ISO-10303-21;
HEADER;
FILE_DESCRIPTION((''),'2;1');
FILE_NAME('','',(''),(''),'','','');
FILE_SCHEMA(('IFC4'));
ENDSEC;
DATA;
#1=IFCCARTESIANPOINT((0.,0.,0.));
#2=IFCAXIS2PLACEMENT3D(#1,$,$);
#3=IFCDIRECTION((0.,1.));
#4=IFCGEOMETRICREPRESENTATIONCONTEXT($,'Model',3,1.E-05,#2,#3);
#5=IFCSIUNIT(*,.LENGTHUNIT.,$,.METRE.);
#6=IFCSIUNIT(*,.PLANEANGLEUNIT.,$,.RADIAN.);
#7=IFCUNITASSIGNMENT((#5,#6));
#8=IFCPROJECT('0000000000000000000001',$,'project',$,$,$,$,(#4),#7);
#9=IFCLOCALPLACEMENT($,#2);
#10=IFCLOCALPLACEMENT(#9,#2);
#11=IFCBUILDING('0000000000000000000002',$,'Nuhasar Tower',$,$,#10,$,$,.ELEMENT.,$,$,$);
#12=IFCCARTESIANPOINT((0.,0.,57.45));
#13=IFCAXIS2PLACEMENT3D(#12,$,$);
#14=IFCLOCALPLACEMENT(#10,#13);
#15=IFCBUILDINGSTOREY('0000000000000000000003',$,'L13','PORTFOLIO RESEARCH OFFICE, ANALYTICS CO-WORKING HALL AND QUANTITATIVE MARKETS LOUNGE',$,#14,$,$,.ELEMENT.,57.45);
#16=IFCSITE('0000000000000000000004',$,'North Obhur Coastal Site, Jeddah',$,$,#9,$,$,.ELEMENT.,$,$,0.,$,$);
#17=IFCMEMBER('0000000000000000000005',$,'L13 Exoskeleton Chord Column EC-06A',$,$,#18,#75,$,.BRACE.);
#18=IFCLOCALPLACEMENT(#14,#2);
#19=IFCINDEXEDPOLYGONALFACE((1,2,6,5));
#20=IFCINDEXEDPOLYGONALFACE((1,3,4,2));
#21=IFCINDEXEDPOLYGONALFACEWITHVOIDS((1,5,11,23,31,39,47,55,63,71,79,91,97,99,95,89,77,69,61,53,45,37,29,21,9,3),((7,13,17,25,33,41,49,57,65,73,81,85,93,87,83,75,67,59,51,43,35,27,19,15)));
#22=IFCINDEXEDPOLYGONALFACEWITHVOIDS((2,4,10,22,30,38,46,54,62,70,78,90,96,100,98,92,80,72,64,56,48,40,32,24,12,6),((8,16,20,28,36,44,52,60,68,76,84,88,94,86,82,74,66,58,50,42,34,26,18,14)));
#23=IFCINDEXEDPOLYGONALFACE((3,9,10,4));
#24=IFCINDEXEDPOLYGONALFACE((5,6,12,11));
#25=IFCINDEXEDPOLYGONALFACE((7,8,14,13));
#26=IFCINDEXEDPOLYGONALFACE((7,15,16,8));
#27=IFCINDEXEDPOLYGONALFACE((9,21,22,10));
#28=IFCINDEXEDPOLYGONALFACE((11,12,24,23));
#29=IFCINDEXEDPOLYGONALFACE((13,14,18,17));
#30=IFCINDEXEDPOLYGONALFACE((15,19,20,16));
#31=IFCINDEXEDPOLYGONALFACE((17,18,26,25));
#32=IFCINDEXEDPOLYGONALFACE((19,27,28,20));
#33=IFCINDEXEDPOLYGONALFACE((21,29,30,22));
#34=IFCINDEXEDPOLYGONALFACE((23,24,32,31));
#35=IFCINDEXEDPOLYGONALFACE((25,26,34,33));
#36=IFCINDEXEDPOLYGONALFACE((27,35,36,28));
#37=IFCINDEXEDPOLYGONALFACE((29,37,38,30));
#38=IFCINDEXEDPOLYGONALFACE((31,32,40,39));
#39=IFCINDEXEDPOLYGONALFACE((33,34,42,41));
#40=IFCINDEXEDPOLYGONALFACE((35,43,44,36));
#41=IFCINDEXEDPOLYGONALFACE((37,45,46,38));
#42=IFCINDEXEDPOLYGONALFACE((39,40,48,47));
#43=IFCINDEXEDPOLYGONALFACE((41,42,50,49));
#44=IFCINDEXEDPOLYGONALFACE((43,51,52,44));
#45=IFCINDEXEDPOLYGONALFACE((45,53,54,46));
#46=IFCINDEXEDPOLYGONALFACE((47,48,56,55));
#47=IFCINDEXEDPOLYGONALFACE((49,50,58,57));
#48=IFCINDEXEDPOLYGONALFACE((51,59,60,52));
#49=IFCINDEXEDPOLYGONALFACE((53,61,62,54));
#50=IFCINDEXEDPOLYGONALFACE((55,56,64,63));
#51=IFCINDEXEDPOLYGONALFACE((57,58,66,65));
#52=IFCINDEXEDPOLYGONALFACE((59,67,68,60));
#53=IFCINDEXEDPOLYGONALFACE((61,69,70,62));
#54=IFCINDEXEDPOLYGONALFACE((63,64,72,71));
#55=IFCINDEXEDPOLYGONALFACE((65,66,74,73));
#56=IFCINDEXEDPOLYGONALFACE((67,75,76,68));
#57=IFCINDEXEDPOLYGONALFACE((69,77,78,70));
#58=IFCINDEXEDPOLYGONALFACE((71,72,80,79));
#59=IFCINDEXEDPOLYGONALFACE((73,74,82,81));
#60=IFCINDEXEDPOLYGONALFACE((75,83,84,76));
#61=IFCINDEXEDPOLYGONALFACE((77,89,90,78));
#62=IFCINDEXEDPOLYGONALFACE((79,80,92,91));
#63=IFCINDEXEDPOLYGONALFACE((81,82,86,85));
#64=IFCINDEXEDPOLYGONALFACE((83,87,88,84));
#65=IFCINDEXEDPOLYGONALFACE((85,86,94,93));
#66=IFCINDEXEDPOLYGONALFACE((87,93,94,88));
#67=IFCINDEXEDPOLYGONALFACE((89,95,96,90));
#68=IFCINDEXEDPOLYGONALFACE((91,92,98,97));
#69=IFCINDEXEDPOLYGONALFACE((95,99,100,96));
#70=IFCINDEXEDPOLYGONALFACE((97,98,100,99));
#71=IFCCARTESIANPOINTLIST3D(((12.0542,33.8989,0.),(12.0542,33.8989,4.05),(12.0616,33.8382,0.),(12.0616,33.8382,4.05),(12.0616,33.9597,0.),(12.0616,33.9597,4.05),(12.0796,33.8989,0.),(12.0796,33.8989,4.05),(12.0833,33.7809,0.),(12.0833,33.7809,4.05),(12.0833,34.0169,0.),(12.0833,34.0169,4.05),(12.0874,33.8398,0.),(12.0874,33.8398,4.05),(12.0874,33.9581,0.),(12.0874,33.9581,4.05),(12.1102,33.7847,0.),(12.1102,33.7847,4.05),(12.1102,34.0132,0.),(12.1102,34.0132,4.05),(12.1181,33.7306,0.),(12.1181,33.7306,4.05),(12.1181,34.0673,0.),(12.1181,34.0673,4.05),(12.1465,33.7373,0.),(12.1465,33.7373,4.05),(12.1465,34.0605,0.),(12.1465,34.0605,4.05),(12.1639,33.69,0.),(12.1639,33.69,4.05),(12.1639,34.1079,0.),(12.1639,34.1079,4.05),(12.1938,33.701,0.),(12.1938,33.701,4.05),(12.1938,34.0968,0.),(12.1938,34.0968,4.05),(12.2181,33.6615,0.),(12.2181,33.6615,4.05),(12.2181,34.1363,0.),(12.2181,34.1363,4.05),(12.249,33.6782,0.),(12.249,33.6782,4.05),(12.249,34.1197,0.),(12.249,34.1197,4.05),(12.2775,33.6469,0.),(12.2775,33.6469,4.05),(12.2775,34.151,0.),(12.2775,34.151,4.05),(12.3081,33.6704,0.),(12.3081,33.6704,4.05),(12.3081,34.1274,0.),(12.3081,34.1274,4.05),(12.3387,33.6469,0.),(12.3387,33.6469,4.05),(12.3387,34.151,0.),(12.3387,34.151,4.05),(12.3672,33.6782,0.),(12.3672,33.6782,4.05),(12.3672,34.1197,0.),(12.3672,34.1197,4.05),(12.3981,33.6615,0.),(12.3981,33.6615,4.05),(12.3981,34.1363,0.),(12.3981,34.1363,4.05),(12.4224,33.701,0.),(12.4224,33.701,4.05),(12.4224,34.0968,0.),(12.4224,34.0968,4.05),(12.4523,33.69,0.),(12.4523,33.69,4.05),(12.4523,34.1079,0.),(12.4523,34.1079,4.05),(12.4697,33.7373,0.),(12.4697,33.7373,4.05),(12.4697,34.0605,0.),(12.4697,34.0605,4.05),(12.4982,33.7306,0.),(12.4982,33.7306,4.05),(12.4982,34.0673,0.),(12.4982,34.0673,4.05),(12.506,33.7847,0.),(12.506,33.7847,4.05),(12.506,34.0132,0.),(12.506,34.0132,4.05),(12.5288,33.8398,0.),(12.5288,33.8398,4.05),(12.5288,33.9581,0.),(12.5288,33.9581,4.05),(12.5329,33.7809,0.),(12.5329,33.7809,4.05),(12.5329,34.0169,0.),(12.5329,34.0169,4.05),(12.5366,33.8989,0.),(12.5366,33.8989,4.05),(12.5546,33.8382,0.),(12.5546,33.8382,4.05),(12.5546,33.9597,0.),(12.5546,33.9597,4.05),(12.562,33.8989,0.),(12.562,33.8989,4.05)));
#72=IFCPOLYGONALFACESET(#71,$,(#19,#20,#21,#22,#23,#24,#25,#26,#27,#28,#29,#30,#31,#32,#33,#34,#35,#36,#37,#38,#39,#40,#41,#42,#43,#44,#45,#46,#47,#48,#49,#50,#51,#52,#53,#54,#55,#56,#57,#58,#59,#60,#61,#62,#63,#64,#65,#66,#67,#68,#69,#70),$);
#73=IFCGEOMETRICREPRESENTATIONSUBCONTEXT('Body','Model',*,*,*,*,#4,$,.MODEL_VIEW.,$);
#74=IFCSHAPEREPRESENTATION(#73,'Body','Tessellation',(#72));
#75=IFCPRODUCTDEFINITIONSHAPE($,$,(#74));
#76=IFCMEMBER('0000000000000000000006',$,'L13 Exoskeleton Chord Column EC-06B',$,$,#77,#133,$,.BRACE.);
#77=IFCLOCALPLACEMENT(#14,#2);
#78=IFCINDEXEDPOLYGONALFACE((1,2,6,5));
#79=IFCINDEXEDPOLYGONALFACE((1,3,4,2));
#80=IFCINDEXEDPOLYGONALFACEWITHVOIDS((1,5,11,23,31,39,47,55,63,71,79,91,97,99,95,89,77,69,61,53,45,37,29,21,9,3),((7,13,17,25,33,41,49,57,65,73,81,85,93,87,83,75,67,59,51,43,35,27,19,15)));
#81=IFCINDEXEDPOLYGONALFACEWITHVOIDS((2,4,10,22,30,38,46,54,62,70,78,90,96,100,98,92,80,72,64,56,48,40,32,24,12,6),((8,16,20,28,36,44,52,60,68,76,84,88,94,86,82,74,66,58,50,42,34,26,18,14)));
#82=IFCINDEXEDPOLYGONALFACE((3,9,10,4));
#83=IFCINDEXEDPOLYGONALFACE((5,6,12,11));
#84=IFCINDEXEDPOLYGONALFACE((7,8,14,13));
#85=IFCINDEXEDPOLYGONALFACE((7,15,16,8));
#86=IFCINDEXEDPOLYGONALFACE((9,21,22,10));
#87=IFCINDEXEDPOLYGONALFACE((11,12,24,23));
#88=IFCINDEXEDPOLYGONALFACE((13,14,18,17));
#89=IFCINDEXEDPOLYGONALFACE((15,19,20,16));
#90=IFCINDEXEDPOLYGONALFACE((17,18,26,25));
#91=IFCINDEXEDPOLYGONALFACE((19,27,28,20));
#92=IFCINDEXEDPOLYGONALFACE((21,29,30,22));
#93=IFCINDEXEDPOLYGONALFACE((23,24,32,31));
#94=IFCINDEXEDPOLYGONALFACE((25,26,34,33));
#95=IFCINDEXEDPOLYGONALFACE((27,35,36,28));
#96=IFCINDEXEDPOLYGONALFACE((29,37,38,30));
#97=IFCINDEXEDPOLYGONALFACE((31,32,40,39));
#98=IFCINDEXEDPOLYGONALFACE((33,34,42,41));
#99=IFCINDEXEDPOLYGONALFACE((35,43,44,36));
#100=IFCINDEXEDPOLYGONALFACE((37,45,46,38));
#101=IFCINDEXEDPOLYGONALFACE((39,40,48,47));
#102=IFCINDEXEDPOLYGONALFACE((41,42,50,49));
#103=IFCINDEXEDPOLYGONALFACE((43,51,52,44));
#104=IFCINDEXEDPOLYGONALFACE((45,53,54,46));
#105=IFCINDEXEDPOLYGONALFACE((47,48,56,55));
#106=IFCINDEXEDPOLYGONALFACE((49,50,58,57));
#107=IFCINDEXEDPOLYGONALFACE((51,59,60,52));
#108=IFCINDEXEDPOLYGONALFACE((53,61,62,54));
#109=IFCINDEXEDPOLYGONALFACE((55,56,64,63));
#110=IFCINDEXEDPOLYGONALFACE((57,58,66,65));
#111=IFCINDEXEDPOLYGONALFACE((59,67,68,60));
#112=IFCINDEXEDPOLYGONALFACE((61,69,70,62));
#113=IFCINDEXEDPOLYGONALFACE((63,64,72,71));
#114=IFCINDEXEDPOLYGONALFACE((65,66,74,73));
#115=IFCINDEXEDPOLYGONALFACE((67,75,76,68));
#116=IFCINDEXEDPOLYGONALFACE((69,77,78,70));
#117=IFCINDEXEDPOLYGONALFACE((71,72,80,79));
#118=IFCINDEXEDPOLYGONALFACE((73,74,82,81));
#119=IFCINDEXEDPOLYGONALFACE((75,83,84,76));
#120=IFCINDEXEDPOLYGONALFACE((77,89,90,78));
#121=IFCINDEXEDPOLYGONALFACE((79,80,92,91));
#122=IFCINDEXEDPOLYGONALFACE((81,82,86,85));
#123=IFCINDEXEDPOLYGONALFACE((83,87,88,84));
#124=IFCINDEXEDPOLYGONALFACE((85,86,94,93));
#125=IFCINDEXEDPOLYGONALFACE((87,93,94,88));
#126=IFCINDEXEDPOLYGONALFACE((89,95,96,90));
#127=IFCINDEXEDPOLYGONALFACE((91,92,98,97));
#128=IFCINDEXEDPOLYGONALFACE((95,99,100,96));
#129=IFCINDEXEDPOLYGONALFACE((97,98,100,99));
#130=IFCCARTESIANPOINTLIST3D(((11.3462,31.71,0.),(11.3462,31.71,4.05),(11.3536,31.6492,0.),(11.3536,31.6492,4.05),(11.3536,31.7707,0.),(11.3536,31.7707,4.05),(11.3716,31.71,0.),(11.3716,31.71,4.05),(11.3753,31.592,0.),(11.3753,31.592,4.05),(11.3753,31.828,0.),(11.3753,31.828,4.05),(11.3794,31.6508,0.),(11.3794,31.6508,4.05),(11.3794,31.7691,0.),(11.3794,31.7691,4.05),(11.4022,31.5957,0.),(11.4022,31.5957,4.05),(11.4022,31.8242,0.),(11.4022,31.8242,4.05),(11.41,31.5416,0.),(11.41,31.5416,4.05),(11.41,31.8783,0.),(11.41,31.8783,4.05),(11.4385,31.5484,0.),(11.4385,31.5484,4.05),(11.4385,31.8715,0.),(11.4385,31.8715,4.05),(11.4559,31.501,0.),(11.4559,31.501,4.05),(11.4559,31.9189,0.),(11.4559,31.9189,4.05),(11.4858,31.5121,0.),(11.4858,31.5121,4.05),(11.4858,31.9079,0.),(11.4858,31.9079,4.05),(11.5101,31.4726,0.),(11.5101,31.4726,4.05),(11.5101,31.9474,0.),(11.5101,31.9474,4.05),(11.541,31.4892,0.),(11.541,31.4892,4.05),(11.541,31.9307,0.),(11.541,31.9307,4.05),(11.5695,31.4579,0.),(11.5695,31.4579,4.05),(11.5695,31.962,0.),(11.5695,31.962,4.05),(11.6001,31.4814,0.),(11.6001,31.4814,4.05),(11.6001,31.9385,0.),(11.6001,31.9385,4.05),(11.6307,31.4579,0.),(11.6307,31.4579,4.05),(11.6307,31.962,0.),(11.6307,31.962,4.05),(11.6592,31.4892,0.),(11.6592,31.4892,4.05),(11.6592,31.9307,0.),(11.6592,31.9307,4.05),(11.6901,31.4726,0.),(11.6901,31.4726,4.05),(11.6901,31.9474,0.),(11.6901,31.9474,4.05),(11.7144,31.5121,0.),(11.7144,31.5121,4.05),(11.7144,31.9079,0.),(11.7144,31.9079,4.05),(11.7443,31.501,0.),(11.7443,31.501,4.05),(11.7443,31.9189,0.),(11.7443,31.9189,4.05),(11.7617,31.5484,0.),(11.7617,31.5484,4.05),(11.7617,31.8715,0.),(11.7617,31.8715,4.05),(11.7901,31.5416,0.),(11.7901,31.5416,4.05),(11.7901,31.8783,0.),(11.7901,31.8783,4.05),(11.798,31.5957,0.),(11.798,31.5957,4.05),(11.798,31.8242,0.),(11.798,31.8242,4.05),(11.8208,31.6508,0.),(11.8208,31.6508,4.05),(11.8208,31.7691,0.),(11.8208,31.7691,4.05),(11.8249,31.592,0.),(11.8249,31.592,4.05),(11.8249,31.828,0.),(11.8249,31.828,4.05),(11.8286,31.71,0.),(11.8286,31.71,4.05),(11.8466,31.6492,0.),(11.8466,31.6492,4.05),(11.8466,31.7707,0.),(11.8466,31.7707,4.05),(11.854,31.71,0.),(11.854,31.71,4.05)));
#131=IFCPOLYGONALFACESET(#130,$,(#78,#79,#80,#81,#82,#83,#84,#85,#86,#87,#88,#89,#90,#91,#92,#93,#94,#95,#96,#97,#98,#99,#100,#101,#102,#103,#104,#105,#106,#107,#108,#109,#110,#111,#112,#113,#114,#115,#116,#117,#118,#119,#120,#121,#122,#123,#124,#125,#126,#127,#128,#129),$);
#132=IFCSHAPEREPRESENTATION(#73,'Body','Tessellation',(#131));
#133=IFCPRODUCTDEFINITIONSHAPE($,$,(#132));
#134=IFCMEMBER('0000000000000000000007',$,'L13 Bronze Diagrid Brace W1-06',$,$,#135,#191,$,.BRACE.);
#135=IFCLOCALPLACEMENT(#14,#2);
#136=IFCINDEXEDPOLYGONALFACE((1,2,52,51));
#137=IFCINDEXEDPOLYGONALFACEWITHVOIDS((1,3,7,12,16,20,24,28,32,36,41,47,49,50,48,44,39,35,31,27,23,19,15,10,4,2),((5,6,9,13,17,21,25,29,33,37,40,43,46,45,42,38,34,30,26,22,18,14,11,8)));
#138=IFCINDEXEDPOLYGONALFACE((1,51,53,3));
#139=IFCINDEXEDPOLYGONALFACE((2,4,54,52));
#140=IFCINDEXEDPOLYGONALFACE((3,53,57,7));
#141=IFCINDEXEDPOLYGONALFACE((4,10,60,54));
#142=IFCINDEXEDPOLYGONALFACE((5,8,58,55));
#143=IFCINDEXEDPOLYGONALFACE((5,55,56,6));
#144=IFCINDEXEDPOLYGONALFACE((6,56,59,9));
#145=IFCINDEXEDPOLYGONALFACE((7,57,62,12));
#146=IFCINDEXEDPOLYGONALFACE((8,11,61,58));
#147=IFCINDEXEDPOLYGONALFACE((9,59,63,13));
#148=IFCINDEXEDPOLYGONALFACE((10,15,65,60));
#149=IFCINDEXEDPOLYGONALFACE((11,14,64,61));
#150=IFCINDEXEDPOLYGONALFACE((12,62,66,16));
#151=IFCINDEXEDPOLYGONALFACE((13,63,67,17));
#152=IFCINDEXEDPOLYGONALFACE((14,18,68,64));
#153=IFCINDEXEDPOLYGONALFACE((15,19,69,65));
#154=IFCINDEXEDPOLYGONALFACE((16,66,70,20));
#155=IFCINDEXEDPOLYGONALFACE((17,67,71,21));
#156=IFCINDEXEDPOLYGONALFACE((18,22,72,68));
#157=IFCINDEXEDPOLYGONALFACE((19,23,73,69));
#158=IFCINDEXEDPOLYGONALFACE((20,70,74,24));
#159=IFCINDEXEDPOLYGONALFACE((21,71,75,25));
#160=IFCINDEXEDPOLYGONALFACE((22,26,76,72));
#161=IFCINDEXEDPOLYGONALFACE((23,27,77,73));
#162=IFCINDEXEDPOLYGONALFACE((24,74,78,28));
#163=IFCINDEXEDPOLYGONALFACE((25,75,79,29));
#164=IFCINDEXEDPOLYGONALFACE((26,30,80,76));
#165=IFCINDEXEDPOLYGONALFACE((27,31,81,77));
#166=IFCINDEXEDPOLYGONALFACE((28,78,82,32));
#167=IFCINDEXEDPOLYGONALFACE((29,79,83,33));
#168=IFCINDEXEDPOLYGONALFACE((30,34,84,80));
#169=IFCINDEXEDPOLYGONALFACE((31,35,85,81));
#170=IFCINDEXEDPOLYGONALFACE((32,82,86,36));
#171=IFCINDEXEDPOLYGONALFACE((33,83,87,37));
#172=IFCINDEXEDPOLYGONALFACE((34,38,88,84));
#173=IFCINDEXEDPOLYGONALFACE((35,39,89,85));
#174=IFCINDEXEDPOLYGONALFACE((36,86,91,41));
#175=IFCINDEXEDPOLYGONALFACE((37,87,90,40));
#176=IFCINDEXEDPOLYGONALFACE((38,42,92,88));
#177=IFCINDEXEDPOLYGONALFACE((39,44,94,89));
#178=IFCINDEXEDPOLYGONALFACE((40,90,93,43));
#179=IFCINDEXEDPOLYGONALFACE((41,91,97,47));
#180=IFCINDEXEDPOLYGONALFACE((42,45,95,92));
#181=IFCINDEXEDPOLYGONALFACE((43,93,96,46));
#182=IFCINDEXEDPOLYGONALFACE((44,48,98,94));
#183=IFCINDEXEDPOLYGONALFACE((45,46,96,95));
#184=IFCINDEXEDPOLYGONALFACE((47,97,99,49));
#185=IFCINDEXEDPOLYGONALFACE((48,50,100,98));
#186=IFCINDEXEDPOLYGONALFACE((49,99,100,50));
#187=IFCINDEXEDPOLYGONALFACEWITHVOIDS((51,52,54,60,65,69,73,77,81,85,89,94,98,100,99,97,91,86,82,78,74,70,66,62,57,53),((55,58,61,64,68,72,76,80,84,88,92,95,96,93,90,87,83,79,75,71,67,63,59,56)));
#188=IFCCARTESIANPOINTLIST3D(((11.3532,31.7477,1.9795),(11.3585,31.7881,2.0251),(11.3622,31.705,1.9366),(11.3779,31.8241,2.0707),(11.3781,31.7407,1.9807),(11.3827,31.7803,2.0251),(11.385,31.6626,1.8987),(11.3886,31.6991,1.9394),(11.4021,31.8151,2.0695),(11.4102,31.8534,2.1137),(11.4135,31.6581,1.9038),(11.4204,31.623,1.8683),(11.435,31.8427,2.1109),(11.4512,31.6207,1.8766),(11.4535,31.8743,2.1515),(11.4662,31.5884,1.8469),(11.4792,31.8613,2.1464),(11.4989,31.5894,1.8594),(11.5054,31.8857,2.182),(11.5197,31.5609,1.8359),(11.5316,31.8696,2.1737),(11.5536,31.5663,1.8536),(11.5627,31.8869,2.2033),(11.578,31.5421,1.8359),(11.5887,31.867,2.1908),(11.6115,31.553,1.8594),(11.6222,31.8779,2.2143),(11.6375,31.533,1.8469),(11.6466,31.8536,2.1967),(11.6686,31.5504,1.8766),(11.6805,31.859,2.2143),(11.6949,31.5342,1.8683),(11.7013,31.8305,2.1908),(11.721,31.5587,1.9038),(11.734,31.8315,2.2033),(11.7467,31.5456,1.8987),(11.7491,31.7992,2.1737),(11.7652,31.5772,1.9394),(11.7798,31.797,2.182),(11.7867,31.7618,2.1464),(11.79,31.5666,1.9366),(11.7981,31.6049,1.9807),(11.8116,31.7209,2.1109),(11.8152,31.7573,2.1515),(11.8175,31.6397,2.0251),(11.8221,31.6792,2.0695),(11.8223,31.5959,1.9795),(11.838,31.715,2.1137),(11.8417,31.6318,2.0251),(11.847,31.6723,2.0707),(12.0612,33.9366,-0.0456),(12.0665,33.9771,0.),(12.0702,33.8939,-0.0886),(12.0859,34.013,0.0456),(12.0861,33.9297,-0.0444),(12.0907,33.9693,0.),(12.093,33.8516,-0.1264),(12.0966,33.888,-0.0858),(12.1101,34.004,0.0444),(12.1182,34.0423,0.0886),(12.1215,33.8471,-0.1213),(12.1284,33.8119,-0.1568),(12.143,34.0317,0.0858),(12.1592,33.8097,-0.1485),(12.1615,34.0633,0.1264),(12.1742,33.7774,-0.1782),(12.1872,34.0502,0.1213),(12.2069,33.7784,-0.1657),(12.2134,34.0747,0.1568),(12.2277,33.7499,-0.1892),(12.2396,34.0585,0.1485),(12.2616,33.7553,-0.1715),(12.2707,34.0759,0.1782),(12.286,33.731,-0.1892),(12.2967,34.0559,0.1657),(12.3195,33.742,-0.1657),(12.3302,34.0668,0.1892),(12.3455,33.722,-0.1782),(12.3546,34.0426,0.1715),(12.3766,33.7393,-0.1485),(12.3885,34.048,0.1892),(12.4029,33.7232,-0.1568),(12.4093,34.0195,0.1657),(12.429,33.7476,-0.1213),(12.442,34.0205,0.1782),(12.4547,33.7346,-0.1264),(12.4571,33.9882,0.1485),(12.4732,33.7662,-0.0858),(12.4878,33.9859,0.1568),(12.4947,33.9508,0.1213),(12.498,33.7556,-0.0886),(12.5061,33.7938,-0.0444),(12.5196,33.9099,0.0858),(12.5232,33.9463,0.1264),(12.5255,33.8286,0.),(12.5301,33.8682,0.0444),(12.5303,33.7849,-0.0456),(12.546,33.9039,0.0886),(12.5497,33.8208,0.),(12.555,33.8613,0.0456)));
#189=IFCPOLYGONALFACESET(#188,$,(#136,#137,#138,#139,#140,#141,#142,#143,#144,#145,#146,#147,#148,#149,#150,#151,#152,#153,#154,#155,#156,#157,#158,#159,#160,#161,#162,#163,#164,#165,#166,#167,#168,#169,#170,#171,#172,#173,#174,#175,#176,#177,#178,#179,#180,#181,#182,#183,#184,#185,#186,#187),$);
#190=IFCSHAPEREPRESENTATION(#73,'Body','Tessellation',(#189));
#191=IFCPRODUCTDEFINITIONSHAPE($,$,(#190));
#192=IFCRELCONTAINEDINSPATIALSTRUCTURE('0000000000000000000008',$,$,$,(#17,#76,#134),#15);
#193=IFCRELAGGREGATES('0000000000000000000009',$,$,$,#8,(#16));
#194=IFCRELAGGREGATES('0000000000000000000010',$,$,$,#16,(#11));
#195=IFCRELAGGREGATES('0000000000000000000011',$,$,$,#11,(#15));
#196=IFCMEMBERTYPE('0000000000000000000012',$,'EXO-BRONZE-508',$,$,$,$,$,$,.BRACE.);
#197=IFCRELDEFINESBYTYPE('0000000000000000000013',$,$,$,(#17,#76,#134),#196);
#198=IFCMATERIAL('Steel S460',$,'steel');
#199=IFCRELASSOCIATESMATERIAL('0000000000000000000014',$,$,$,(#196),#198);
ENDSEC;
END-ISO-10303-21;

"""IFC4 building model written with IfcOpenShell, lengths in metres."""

from ifc_helpers import new_model, si_unit, direction, frame, origin, origin_2d, place, context, subcontext, project, spatial, hollow_circle, extrude, material, material_profile, profile_set, type_object, element, save


model = new_model("IFC4")

# Units and contexts
model_context = context("Model", 3, precision=1e-05, world=origin(), true_north=direction((0.0, 1.0)))
body_context = subcontext(model_context, "Body", "Model", "MODEL_VIEW")
ifc_project = project(units=[si_unit("LENGTHUNIT", "METRE"), si_unit("PLANEANGLEUNIT", "RADIAN")], contexts=[model_context])

# Site, building, storey
site_placement = place(None, origin())
site = spatial("IfcSite", under=ifc_project, at=site_placement, Name="North Obhur Coastal Site, Jeddah", CompositionType="ELEMENT", RefElevation=0.0)
building_placement = place(site_placement, origin())
building = spatial("IfcBuilding", under=site, at=building_placement, Name="Nuhasar Tower", CompositionType="ELEMENT")
storey_placement = place(building_placement, frame((0.0, 0.0, 57.45)))
storey = spatial("IfcBuildingStorey", under=building, at=storey_placement, Name="L13", Description="PORTFOLIO RESEARCH OFFICE, ANALYTICS CO-WORKING HALL AND QUANTITATIVE MARKETS LOUNGE", CompositionType="ELEMENT", Elevation=57.45)

# Members
ifc_material_1 = material(Name="Steel S460", Category="steel")
ifc_material_profile_1 = material_profile(ifc_material_1, hollow_circle(Radius=0.2539, WallThickness=0.0254, at=origin_2d()), Name="HSS508X25.4")
ifc_profile_set_1 = profile_set([ifc_material_profile_1], Name="Steel S460")
member_type_1 = type_object("IfcMemberType", Name="EXO-BRONZE-508", PredefinedType="BRACE", material=ifc_profile_set_1)
for number, where, z_axis, x_axis, name in (
    (1, (12.3081, 33.8989, 0.0), (0.0, 0.0, 1.0), (1.0, 0.0, 0.0), "L13 Exoskeleton Chord Column EC-06A"),
    (2, (11.6001, 31.71, 0.0), (0.0, 0.0, 1.0), (1.0, 0.0, 0.0), "L13 Exoskeleton Chord Column EC-06B"),
):
    element("IfcMember", number, at=place(storey_placement, frame(where, z_axis=z_axis, x_axis=x_axis)), inside=storey, type_object=member_type_1, Name=name, PredefinedType="BRACE", context=body_context, shape_type="SweptSolid", body=[
        extrude(hollow_circle(Radius=0.2539, WallThickness=0.0254, at=origin_2d()), origin(), (0.0, 0.0, 1.0), 4.05),
    ])
member_1_placement = place(storey_placement, frame((12.3081, 33.8989, 0.0), z_axis=(-0.231, -0.714187, 0.660739), x_axis=(0.951468, -0.307747, 0.0)))
element("IfcMember", 3, at=member_1_placement, inside=storey, type_object=member_type_1, Name="L13 Bronze Diagrid Brace W1-06", PredefinedType="BRACE", context=body_context, shape_type="SweptSolid", body=[
    extrude(hollow_circle(Radius=0.2539, WallThickness=0.0254, at=origin_2d()), origin(), (0.0, 0.0, 1.0), 3.0649),
])

save(model, "model.ifc")
